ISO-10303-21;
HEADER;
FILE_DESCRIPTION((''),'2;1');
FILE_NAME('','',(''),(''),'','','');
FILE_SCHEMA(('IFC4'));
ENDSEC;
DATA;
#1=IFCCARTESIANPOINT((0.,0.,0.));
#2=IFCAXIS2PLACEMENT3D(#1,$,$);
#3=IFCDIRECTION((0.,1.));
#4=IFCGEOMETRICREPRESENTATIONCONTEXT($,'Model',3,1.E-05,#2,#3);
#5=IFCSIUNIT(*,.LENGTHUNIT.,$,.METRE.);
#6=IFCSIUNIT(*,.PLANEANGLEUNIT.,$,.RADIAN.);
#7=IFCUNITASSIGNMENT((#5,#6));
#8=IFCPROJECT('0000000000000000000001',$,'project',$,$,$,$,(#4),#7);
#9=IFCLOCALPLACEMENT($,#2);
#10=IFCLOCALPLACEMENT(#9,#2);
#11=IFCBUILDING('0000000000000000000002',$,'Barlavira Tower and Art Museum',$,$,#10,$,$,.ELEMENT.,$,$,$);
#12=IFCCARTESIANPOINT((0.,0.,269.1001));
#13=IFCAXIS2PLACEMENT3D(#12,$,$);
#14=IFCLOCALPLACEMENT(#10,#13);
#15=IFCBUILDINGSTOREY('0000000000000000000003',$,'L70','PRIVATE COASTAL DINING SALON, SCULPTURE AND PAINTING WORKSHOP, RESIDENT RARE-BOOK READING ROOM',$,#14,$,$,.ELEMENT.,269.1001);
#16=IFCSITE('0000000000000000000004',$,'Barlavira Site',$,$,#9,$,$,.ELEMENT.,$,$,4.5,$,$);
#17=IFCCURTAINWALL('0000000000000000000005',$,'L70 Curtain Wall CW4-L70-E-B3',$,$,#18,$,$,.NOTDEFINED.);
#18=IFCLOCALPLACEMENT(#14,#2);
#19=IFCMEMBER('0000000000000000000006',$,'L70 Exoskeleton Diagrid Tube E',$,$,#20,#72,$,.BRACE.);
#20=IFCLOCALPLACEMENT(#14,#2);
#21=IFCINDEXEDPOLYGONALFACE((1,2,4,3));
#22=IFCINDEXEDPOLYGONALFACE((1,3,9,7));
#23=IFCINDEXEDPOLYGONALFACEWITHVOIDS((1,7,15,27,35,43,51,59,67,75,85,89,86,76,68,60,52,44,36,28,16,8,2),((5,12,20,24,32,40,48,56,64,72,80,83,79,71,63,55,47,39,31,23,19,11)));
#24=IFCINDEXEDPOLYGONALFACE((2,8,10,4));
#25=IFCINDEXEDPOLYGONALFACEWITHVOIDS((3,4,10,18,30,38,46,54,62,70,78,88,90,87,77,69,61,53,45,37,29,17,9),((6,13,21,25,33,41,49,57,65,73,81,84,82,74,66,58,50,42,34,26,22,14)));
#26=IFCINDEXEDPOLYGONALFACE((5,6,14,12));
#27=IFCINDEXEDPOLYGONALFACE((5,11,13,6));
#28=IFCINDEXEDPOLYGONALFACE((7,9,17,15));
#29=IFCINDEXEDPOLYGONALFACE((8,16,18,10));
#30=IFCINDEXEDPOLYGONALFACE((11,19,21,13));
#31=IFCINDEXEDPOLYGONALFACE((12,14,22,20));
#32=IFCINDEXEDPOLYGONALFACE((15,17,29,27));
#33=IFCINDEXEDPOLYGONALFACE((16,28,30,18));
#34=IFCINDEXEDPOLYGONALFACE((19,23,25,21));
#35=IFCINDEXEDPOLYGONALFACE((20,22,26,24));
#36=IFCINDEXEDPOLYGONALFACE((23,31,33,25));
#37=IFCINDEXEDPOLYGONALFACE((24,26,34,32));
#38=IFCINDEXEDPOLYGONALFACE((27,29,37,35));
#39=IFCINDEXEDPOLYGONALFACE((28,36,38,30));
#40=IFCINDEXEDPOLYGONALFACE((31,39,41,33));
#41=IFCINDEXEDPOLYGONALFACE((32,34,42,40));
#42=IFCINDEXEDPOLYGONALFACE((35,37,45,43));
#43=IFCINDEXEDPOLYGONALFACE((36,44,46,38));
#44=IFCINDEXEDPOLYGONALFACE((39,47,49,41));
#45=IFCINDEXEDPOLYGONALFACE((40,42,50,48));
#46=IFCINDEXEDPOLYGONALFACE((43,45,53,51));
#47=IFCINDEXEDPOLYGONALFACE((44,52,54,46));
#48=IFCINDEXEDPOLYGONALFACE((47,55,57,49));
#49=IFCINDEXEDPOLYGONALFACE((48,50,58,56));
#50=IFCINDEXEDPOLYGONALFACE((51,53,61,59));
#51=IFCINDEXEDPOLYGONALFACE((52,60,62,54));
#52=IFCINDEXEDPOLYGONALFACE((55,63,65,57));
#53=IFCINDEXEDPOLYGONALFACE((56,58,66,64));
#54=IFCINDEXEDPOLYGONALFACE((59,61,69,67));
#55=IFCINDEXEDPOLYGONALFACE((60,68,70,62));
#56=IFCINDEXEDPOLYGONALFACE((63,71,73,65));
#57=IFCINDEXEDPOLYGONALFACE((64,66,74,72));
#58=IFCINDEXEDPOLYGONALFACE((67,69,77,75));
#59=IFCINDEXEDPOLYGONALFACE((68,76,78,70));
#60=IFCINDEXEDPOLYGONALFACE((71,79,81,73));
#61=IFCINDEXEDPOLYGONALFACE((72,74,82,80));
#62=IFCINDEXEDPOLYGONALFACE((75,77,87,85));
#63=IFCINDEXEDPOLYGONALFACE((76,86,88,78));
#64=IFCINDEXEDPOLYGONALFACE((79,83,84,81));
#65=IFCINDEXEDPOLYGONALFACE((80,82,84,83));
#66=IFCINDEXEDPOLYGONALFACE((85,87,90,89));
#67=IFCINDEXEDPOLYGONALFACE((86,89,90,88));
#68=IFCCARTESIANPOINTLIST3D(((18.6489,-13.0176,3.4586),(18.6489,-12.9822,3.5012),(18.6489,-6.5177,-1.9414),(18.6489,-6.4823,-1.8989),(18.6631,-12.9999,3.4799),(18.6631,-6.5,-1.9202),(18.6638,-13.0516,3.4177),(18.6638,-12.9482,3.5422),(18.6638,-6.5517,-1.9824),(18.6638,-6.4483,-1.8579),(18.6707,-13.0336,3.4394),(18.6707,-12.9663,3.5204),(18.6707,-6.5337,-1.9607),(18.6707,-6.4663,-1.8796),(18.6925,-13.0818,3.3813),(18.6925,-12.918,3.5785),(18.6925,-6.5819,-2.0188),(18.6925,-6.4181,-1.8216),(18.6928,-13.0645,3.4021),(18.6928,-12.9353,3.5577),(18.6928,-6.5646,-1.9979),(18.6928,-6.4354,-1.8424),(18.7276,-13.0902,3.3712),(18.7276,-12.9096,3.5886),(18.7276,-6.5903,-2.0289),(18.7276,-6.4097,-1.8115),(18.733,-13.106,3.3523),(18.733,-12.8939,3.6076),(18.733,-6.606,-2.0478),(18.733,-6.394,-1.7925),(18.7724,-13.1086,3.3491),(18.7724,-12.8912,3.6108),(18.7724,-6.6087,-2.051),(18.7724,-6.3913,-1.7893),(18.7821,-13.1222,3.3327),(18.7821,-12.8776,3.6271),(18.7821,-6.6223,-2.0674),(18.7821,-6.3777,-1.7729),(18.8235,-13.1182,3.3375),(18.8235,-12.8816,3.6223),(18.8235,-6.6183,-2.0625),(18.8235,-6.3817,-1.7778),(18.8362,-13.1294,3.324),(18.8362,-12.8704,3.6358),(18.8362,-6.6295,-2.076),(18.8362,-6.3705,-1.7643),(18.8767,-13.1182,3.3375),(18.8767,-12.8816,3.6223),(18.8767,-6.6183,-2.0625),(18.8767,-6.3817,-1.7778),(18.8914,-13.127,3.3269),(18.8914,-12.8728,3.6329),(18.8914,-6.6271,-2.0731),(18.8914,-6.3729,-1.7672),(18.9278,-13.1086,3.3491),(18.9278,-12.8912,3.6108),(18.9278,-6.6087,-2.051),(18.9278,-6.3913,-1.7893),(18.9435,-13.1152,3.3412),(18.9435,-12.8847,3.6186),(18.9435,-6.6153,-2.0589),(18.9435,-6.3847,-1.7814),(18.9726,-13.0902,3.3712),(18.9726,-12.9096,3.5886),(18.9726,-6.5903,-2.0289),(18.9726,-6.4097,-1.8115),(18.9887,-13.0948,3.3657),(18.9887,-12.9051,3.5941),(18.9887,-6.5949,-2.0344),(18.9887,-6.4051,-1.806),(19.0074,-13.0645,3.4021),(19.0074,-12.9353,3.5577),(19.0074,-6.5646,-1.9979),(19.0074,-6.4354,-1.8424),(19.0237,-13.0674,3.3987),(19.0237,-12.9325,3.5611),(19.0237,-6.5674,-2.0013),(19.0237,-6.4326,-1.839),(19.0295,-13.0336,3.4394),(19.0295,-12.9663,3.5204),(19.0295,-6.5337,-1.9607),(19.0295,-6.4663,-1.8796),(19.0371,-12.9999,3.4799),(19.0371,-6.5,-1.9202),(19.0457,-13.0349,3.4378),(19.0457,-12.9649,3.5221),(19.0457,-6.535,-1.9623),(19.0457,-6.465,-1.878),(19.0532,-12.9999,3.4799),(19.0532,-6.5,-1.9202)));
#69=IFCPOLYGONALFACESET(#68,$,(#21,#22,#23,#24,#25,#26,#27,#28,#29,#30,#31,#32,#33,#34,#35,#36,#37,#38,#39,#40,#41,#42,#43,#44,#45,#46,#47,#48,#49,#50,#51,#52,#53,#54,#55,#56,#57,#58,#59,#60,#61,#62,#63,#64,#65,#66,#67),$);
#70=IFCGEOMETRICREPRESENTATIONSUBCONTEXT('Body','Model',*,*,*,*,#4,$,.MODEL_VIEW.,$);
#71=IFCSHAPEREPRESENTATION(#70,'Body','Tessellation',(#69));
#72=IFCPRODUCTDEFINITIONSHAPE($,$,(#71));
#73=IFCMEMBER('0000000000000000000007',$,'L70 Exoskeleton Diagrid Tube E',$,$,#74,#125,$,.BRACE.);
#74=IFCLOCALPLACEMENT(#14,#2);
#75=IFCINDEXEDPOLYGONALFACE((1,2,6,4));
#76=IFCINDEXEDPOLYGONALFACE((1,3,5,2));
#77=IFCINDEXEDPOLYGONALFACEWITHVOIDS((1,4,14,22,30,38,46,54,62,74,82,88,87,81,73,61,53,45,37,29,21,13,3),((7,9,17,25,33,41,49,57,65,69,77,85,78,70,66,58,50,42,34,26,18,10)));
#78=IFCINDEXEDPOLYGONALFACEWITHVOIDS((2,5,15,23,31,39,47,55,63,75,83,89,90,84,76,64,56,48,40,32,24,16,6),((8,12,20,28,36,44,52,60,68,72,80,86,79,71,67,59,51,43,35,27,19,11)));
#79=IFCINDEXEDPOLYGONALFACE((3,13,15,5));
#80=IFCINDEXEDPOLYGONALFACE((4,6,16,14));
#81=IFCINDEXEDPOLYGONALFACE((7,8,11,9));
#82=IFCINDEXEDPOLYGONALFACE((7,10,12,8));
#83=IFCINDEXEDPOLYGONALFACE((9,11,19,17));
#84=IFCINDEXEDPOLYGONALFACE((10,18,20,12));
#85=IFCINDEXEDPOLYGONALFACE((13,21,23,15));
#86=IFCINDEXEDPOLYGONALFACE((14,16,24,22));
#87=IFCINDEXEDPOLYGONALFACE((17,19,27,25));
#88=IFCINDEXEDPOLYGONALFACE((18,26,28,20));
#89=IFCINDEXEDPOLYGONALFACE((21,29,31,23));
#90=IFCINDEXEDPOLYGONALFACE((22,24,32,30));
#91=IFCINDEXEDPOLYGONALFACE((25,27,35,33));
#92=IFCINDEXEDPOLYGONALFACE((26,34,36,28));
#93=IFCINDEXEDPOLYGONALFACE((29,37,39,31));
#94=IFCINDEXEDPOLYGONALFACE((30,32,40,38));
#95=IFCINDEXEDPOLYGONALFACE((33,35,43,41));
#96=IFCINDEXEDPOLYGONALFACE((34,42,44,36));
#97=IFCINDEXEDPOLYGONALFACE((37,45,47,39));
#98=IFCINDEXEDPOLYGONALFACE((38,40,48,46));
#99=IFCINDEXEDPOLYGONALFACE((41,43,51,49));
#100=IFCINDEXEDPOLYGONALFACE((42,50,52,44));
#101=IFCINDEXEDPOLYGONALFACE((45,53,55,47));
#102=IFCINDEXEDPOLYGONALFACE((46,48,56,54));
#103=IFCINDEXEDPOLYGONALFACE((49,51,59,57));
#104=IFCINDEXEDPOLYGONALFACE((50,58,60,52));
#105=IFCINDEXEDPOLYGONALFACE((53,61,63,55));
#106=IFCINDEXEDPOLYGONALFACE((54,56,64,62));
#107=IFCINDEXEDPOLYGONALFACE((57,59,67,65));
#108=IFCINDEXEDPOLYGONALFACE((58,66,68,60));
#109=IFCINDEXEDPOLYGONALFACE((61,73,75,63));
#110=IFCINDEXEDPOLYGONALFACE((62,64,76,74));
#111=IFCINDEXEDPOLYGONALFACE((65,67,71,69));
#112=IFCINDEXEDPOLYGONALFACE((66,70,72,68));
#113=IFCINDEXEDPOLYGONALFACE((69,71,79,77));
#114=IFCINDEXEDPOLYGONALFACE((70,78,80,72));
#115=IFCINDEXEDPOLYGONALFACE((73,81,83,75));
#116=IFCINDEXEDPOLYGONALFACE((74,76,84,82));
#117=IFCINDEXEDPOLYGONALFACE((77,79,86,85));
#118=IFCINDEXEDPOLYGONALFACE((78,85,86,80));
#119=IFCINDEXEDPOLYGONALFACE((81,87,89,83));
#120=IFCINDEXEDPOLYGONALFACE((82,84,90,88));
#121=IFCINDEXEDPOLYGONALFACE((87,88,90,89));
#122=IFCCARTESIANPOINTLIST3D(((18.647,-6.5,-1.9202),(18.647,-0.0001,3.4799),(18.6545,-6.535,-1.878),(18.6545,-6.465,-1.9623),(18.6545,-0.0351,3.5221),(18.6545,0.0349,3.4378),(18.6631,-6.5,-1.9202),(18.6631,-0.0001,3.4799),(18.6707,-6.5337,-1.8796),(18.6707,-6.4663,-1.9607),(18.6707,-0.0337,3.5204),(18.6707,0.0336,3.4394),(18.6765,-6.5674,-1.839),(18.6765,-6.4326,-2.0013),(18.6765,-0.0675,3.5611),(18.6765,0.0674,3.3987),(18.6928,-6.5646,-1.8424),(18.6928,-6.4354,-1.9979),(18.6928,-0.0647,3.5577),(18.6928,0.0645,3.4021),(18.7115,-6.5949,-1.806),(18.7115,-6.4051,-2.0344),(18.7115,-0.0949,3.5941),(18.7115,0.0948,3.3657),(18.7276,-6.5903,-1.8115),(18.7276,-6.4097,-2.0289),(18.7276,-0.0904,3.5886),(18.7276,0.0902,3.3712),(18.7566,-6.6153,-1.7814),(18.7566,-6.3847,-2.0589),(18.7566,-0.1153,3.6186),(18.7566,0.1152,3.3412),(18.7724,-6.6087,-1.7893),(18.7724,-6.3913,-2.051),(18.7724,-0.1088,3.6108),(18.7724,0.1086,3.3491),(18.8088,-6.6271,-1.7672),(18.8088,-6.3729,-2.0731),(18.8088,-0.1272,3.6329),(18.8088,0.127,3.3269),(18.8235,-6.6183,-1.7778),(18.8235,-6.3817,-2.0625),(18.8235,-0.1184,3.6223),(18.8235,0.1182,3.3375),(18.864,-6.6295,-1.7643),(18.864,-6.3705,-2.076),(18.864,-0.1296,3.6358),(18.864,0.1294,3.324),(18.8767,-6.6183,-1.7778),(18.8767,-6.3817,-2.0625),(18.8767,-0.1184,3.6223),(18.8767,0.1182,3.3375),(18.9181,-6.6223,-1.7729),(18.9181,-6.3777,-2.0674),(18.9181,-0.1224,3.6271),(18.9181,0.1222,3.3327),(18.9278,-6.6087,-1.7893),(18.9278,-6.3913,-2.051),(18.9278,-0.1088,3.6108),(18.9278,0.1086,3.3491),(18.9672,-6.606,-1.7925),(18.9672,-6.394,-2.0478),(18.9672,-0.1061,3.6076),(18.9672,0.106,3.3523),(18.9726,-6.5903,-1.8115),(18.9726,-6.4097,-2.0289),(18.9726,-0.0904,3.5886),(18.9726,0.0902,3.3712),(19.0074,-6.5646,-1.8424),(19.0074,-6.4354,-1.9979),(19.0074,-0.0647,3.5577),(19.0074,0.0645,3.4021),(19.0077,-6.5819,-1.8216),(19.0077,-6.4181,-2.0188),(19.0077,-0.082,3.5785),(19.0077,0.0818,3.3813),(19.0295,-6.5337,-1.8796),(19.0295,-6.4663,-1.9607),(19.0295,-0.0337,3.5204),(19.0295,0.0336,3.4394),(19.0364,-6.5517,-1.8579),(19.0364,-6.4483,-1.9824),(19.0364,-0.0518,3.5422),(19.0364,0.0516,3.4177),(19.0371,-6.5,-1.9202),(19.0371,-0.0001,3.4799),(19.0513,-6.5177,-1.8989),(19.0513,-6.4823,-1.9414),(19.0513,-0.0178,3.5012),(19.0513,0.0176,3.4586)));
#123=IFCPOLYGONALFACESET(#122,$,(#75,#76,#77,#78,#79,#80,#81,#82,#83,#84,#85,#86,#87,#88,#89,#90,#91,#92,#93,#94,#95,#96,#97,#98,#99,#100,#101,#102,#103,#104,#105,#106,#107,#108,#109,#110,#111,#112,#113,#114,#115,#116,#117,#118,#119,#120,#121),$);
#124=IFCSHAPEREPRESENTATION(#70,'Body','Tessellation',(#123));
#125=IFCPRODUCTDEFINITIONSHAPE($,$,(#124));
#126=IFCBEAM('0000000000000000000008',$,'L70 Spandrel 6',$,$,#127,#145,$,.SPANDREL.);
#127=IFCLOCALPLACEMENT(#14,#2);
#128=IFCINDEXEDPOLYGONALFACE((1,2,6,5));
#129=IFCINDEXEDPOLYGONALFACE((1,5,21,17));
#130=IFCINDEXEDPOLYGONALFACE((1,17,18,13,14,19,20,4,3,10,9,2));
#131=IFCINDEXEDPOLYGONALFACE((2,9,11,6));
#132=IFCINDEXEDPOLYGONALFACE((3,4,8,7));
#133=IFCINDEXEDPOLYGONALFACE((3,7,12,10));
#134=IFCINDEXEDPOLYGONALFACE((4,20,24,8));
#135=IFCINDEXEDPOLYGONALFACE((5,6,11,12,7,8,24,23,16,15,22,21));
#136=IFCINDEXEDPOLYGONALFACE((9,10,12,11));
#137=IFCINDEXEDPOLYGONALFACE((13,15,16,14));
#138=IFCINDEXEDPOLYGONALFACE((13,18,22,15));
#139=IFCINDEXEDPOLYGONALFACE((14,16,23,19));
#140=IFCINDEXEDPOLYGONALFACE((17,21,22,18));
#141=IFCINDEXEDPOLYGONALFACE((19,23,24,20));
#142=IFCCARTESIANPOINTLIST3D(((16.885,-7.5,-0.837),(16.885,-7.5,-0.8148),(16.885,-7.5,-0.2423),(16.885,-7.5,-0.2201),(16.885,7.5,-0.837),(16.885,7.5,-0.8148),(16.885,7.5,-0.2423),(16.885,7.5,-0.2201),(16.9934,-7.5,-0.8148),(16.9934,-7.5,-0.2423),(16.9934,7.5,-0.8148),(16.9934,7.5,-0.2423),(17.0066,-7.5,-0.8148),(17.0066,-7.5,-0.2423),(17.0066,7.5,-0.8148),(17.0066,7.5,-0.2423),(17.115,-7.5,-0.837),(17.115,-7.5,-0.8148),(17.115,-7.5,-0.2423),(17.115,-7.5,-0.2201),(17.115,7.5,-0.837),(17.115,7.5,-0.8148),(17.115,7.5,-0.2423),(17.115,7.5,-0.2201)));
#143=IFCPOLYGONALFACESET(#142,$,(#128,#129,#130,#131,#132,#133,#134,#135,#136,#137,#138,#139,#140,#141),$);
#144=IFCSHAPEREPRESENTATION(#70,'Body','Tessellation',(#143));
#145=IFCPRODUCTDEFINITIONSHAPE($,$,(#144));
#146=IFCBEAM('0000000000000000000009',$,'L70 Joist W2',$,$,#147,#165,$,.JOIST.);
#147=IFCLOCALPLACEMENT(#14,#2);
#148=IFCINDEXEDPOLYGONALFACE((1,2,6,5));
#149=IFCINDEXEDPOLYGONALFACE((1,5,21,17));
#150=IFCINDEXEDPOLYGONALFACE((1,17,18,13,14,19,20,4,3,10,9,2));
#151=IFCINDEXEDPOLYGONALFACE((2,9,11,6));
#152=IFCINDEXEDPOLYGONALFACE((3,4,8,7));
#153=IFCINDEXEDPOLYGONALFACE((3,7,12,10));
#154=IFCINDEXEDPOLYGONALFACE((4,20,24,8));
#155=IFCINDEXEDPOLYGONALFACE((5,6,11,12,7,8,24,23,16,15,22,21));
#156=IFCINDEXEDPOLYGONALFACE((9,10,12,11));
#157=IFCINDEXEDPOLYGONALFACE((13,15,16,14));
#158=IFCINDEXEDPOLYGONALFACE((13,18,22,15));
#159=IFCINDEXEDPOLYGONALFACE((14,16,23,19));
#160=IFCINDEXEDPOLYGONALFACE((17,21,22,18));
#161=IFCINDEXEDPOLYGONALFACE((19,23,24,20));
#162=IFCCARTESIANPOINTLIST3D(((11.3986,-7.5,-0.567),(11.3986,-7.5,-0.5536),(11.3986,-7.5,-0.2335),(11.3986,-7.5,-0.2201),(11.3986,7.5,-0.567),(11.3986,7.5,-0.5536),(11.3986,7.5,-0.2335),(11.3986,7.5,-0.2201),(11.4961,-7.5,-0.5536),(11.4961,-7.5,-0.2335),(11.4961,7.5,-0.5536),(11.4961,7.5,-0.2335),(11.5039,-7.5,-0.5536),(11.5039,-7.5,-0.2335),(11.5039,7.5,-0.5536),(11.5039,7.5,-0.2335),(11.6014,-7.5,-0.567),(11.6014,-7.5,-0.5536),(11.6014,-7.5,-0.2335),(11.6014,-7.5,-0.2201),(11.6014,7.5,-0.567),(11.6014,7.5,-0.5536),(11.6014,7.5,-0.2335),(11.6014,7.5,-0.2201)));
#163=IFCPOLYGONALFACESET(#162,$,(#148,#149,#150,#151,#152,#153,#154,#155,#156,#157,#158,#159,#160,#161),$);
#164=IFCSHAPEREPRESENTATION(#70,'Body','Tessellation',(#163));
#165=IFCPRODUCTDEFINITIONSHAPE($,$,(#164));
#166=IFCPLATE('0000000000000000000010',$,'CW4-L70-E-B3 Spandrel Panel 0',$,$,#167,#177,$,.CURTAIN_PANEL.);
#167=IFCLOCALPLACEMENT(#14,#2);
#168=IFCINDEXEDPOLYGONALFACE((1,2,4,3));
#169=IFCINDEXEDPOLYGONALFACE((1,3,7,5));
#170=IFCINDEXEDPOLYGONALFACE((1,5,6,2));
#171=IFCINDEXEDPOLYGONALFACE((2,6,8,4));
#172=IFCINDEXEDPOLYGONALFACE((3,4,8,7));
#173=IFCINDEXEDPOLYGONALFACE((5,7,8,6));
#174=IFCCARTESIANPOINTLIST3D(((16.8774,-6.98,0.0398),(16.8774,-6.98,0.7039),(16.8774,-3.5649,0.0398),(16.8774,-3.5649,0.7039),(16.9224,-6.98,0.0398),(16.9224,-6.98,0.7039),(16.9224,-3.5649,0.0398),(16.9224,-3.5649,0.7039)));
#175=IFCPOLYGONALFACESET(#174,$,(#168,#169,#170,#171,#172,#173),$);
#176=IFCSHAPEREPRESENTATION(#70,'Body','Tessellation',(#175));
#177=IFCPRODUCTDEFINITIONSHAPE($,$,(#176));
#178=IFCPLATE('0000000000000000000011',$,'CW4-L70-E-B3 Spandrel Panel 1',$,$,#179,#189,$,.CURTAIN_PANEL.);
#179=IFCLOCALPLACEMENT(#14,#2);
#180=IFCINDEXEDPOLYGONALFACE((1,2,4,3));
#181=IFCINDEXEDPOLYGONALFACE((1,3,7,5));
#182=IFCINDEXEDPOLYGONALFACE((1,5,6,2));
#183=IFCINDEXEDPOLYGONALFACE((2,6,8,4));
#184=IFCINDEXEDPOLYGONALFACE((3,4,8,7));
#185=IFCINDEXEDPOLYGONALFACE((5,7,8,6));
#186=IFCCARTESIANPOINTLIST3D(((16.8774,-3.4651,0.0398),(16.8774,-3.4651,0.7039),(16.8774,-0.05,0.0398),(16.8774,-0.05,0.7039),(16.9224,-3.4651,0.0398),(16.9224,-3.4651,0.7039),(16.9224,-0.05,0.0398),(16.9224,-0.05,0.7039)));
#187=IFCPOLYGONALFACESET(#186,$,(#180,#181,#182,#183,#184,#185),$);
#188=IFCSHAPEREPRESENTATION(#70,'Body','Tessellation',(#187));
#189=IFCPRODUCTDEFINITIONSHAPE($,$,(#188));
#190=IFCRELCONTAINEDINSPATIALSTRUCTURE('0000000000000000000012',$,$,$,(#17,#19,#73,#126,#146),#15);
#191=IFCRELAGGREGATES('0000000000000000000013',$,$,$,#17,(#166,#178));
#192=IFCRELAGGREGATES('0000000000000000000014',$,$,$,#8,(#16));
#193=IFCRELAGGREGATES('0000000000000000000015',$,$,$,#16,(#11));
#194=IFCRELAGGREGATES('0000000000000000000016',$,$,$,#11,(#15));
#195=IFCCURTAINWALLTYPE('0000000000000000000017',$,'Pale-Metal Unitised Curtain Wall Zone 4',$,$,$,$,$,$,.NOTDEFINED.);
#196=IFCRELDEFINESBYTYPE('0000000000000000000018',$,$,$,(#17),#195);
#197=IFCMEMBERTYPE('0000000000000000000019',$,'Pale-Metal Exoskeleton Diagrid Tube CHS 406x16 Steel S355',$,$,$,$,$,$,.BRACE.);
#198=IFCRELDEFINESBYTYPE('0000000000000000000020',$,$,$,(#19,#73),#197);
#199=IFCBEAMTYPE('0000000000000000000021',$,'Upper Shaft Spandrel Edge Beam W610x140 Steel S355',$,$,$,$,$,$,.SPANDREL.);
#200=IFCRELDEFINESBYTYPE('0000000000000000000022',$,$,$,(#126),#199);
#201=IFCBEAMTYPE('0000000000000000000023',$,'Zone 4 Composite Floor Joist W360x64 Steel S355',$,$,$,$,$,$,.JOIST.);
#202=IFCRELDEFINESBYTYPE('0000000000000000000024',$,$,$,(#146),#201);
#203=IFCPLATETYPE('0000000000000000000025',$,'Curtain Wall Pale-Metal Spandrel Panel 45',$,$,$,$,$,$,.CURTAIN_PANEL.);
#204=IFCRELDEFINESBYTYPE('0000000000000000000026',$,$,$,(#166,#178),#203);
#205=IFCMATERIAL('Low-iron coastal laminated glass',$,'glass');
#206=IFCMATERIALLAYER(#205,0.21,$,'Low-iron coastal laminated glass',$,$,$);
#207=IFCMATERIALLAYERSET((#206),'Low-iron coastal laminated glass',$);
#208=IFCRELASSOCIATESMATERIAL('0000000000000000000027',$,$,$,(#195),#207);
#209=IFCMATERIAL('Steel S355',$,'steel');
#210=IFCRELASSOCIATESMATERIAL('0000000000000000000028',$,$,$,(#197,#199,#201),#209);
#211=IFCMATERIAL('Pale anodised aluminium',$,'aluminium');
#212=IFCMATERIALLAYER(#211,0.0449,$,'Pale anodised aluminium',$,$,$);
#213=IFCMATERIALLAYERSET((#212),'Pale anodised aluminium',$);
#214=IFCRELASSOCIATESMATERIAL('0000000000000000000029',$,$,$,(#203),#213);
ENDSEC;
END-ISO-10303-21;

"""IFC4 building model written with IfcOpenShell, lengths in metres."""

from ifc_helpers import new_model, si_unit, direction, frame, origin, origin_2d, place, context, subcontext, project, spatial, rectangle, hollow_circle, i_section, extrude, material, layer, layer_set, material_profile, profile_set, type_object, element, aggregate, save


model = new_model("IFC4")

# Units and contexts
model_context = context("Model", 3, precision=1e-05, world=origin(), true_north=direction((0.0, 1.0)))
body_context = subcontext(model_context, "Body", "Model", "MODEL_VIEW")
ifc_project = project(units=[si_unit("LENGTHUNIT", "METRE"), si_unit("PLANEANGLEUNIT", "RADIAN")], contexts=[model_context])

# Site, building, storey
site_placement = place(None, origin())
site = spatial("IfcSite", under=ifc_project, at=site_placement, Name="Barlavira Site", CompositionType="ELEMENT", RefElevation=4.5)
building_placement = place(site_placement, origin())
building = spatial("IfcBuilding", under=site, at=building_placement, Name="Barlavira Tower and Art Museum", CompositionType="ELEMENT")
storey_placement = place(building_placement, frame((0.0, 0.0, 269.1001)))
storey = spatial("IfcBuildingStorey", under=building, at=storey_placement, Name="L70", Description="PRIVATE COASTAL DINING SALON, SCULPTURE AND PAINTING WORKSHOP, RESIDENT RARE-BOOK READING ROOM", CompositionType="ELEMENT", Elevation=269.1001)

# Curtain wall
ifc_material_1 = material(Name="Low-iron coastal laminated glass", Category="glass")
ifc_layer_1 = layer(ifc_material_1, 0.21, Name="Low-iron coastal laminated glass")
ifc_layer_set_1 = layer_set([ifc_layer_1], Name="Low-iron coastal laminated glass")
curtain_wall_type = type_object("IfcCurtainWallType", Name="Pale-Metal Unitised Curtain Wall Zone 4", PredefinedType="NOTDEFINED", material=ifc_layer_set_1)
curtain_wall_placement = place(storey_placement, origin())
curtain_wall = element("IfcCurtainWall", 1, at=curtain_wall_placement, inside=storey, type_object=curtain_wall_type, Name="L70 Curtain Wall CW4-L70-E-B3", PredefinedType="NOTDEFINED")
ifc_material_2 = material(Name="Pale anodised aluminium", Category="aluminium")

# Members
ifc_material_3 = material(Name="Steel S355", Category="steel")
ifc_material_profile_1 = material_profile(ifc_material_3, hollow_circle(Radius=0.2031, WallThickness=0.0161, at=origin_2d()), Name="CHS 406.4x16.0")
ifc_profile_set_1 = profile_set([ifc_material_profile_1], Name="Steel S355")
member_type_1 = type_object("IfcMemberType", Name="Pale-Metal Exoskeleton Diagrid Tube CHS 406x16 Steel S355", PredefinedType="BRACE", material=ifc_profile_set_1)
for number, where, z_axis, x_axis, name in (
    (2, (18.8501, -6.5, -1.9202), (0.0, -0.769182, 0.63903), (1.0, 0.0, 0.0), "L70 Exoskeleton Diagrid Tube E"),
    (3, (18.8501, -6.5, -1.9202), (0.0, 0.769182, 0.63903), (-1.0, 0.0, 0.0), "L70 Exoskeleton Diagrid Tube E"),
):
    element("IfcMember", number, at=place(storey_placement, frame(where, z_axis=z_axis, x_axis=x_axis)), inside=storey, type_object=member_type_1, Name=name, PredefinedType="BRACE", context=body_context, shape_type="SweptSolid", body=[
        extrude(hollow_circle(Radius=0.2031, WallThickness=0.0161, at=origin_2d()), origin(), (0.0, 0.0, 1.0), 8.4504),
    ])

# Beams
ifc_material_profile_2 = material_profile(ifc_material_3, i_section(OverallWidth=0.23, OverallDepth=0.6169, WebThickness=0.0132, FlangeThickness=0.0222, at=origin_2d()), Name="W610x140.0")
ifc_profile_set_2 = profile_set([ifc_material_profile_2], Name="Steel S355")
beam_type_1 = type_object("IfcBeamType", Name="Upper Shaft Spandrel Edge Beam W610x140 Steel S355", PredefinedType="SPANDREL", material=ifc_profile_set_2)
beam_1_placement = place(storey_placement, frame((17.0, -7.5, -0.5286), z_axis=(0.0, 1.0, 0.0), x_axis=(-1.0, 0.0, 0.0)))
element("IfcBeam", 4, at=beam_1_placement, inside=storey, type_object=beam_type_1, Name="L70 Spandrel 6", PredefinedType="SPANDREL", context=body_context, shape_type="SweptSolid", body=[
    extrude(i_section(OverallWidth=0.23, OverallDepth=0.6169, WebThickness=0.0132, FlangeThickness=0.0222, at=origin_2d()), origin(), (0.0, 0.0, 1.0), 15.0),
])
ifc_material_profile_3 = material_profile(ifc_material_3, i_section(OverallWidth=0.2029, OverallDepth=0.3469, WebThickness=0.0078, FlangeThickness=0.0134, at=origin_2d()), Name="W360x64.0")
ifc_profile_set_3 = profile_set([ifc_material_profile_3], Name="Steel S355")
beam_type_2 = type_object("IfcBeamType", Name="Zone 4 Composite Floor Joist W360x64 Steel S355", PredefinedType="JOIST", material=ifc_profile_set_3)
beam_2_placement = place(storey_placement, frame((11.5, -7.5, -0.3936), z_axis=(0.0, 1.0, 0.0), x_axis=(-1.0, 0.0, 0.0)))
element("IfcBeam", 5, at=beam_2_placement, inside=storey, type_object=beam_type_2, Name="L70 Joist W2", PredefinedType="JOIST", context=body_context, shape_type="SweptSolid", body=[
    extrude(i_section(OverallWidth=0.2029, OverallDepth=0.3469, WebThickness=0.0078, FlangeThickness=0.0134, at=origin_2d()), origin(), (0.0, 0.0, 1.0), 15.0),
])

# Plates
ifc_layer_2 = layer(ifc_material_2, 0.0449, Name="Pale anodised aluminium")
ifc_layer_set_2 = layer_set([ifc_layer_2], Name="Pale anodised aluminium")
plate_type_1 = type_object("IfcPlateType", Name="Curtain Wall Pale-Metal Spandrel Panel 45", PredefinedType="CURTAIN_PANEL", material=ifc_layer_set_2)
plate_1_placement = place(storey_placement, frame((16.8999, -5.2725, 0.0398), z_axis=(0.0, 0.0, 1.0), x_axis=(0.0, 1.0, 0.0)))
plate_1 = element("IfcPlate", 6, at=plate_1_placement, type_object=plate_type_1, Name="CW4-L70-E-B3 Spandrel Panel 0", PredefinedType="CURTAIN_PANEL", context=body_context, shape_type="SweptSolid", body=[
    extrude(rectangle(XDim=3.415, YDim=0.0449, at=origin_2d()), origin(), (0.0, 0.0, 1.0), 0.6641),
])
plate_2_placement = place(storey_placement, frame((16.8999, -1.7576, 0.0398), z_axis=(0.0, 0.0, 1.0), x_axis=(0.0, 1.0, 0.0)))
plate_2 = element("IfcPlate", 7, at=plate_2_placement, type_object=plate_type_1, Name="CW4-L70-E-B3 Spandrel Panel 1", PredefinedType="CURTAIN_PANEL", context=body_context, shape_type="SweptSolid", body=[
    extrude(rectangle(XDim=3.415, YDim=0.0449, at=origin_2d()), origin(), (0.0, 0.0, 1.0), 0.6641),
])
aggregate(curtain_wall, [plate_1, plate_2])

save(model, "model.ifc")
